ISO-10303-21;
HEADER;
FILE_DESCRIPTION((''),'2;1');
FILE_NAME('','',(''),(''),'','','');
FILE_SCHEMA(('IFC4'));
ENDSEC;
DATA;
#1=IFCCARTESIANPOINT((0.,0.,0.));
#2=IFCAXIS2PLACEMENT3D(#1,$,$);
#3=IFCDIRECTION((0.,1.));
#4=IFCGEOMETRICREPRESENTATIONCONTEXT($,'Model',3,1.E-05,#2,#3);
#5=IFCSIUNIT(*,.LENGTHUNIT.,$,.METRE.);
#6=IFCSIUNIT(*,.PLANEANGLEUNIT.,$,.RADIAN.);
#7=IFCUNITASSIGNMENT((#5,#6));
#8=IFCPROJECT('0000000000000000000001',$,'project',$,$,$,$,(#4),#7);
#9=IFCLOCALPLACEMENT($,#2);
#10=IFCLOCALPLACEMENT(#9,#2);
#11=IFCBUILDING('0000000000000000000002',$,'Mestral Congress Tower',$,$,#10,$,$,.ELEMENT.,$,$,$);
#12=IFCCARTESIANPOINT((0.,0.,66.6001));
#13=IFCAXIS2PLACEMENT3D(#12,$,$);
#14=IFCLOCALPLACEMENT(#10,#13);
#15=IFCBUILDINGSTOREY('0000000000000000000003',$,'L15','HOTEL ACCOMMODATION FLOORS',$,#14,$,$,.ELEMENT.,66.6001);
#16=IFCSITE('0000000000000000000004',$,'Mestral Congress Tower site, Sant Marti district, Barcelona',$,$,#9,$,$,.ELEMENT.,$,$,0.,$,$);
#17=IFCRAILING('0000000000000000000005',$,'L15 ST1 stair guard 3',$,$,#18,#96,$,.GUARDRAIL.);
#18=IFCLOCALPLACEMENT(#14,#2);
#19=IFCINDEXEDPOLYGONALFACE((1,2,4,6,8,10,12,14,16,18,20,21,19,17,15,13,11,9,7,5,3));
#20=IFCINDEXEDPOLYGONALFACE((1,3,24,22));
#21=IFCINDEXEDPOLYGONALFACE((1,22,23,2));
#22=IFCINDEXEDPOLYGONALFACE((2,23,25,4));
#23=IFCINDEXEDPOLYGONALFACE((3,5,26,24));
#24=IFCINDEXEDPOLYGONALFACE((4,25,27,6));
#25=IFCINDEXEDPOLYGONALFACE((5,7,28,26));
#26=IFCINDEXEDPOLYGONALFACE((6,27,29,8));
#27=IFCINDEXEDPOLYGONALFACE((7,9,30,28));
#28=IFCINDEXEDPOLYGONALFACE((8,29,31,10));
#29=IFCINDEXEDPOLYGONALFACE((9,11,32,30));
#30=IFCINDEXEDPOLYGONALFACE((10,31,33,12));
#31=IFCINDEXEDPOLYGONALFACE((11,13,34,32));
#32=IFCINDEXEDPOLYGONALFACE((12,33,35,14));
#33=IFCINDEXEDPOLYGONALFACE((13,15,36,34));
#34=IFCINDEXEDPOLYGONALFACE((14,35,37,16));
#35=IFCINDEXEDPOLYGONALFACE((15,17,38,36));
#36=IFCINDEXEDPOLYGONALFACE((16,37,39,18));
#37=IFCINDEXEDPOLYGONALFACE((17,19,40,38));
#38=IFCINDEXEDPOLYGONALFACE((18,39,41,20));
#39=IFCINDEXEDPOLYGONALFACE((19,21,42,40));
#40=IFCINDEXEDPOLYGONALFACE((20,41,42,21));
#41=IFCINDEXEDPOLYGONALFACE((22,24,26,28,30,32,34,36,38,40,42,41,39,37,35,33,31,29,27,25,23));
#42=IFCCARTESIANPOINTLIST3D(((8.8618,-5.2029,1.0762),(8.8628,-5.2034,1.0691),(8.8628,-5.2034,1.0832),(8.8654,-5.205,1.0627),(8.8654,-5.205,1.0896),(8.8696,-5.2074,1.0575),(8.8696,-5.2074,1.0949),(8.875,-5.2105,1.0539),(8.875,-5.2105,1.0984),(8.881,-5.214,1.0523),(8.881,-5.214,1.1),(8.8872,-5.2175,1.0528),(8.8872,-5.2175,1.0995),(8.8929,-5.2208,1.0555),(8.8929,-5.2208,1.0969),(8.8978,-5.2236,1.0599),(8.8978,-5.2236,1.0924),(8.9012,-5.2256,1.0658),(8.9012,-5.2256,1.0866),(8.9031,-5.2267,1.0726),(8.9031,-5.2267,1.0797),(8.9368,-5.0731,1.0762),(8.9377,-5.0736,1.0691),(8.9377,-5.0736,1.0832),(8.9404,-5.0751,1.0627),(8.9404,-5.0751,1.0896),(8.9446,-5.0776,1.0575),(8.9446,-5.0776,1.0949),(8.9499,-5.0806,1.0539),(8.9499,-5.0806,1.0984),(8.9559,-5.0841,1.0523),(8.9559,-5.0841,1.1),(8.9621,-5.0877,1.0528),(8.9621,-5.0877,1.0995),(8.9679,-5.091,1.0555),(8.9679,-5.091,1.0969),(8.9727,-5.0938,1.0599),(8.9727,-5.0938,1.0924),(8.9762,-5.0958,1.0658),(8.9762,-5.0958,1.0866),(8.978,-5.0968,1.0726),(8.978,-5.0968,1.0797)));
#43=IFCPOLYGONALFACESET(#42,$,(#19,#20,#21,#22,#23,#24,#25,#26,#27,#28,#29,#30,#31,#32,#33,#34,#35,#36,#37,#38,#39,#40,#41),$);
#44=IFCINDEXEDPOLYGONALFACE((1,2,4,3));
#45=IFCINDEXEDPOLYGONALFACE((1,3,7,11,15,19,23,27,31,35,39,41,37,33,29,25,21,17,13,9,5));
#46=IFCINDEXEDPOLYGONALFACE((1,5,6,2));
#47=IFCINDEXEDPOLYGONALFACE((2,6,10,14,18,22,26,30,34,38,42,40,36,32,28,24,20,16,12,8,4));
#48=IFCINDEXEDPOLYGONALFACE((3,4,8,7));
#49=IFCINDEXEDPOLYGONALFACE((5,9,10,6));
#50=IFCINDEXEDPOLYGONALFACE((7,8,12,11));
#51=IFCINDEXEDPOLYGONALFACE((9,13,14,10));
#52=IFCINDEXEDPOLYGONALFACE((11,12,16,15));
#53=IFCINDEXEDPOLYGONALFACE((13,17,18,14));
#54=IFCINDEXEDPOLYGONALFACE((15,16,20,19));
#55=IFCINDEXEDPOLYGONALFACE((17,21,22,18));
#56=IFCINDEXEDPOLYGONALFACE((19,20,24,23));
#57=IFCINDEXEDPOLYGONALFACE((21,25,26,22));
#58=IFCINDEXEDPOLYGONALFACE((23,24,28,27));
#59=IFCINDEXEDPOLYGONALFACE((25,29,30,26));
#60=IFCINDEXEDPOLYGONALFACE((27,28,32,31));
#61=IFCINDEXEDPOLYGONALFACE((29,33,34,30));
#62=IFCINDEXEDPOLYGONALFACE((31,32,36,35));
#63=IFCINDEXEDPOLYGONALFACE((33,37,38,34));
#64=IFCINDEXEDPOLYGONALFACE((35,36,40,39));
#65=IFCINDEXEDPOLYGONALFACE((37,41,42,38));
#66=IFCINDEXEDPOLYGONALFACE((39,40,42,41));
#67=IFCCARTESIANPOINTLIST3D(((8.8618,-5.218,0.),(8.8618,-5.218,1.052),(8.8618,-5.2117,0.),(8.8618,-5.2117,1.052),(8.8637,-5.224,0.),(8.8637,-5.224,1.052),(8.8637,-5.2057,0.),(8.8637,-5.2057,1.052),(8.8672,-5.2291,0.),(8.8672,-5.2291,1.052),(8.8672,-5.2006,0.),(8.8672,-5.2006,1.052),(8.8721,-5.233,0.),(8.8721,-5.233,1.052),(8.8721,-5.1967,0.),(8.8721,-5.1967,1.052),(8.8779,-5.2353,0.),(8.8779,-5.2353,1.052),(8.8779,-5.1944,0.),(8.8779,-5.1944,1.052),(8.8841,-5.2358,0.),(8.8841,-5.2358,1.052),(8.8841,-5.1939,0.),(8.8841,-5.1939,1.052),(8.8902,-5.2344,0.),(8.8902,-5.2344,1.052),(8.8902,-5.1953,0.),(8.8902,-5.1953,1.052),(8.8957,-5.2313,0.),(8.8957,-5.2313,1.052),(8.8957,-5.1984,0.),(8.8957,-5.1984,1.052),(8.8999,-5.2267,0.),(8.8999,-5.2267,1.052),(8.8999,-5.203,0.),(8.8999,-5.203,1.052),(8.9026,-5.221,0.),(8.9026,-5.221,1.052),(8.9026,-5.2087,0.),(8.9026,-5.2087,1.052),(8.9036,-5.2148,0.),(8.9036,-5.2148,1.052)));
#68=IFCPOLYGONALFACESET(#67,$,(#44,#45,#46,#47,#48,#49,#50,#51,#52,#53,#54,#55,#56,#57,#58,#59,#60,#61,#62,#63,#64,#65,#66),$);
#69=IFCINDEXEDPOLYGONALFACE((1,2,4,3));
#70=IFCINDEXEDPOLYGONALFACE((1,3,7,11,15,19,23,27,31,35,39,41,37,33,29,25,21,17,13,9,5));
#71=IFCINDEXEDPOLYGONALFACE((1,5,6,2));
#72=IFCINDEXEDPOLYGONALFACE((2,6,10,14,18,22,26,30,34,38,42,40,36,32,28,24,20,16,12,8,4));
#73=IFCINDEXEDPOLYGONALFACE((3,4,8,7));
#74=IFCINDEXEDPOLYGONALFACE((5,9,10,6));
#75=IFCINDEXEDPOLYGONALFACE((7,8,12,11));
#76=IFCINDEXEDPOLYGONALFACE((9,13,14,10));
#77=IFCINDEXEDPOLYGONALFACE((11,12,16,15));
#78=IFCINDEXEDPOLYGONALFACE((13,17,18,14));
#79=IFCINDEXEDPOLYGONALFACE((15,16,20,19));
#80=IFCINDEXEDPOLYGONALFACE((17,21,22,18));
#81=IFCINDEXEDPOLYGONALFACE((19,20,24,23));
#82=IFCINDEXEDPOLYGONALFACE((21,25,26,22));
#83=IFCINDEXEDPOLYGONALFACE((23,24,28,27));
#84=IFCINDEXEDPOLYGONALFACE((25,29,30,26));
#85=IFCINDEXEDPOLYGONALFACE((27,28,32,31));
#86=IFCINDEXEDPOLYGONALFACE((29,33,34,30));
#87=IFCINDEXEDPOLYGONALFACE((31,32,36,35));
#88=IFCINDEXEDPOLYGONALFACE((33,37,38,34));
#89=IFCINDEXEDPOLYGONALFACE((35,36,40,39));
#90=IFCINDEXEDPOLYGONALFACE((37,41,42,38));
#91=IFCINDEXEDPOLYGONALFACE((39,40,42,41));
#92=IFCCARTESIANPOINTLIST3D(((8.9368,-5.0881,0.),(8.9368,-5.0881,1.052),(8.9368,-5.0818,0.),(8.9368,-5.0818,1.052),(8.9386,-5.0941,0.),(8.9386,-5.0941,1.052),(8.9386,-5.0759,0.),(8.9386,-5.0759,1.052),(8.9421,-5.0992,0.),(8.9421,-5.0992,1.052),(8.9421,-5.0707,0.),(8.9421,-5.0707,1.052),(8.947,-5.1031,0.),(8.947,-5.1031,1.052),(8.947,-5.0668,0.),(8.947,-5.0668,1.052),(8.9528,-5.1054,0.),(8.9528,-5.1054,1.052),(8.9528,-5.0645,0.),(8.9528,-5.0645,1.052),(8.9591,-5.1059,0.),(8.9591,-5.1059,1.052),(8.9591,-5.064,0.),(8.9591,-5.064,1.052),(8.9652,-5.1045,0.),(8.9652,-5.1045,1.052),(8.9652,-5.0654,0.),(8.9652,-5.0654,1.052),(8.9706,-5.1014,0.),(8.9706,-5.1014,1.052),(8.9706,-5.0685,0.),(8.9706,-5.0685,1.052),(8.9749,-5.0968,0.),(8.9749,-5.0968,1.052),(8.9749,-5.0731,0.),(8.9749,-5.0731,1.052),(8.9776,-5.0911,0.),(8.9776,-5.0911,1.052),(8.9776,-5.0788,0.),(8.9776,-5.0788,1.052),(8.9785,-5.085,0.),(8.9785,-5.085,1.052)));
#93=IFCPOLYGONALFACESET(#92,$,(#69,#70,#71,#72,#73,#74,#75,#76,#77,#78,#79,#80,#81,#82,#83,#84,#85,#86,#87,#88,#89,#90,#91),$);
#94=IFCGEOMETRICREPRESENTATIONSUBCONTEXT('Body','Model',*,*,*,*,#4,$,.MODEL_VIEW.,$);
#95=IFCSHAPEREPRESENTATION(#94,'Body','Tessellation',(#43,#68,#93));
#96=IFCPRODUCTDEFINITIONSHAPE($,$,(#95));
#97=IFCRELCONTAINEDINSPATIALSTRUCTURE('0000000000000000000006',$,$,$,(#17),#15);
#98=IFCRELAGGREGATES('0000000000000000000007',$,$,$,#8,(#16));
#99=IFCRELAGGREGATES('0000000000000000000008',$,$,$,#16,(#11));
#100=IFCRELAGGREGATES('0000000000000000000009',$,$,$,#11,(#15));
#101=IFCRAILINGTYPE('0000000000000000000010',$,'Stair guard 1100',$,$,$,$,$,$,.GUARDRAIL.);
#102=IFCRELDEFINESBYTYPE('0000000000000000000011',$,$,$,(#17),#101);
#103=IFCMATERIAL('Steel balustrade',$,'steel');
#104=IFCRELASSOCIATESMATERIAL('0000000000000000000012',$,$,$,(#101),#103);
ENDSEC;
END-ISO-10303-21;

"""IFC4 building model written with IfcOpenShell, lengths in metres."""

from ifc_helpers import new_model, si_unit, direction, frame, origin, origin_2d, place, context, subcontext, project, spatial, circle, extrude, material, type_object, element, save


model = new_model("IFC4")

# Units and contexts
model_context = context("Model", 3, precision=1e-05, world=origin(), true_north=direction((0.0, 1.0)))
body_context = subcontext(model_context, "Body", "Model", "MODEL_VIEW")
ifc_project = project(units=[si_unit("LENGTHUNIT", "METRE"), si_unit("PLANEANGLEUNIT", "RADIAN")], contexts=[model_context])

# Site, building, storey
site_placement = place(None, origin())
site = spatial("IfcSite", under=ifc_project, at=site_placement, Name="Mestral Congress Tower site, Sant Marti district, Barcelona", CompositionType="ELEMENT", RefElevation=0.0)
building_placement = place(site_placement, origin())
building = spatial("IfcBuilding", under=site, at=building_placement, Name="Mestral Congress Tower", CompositionType="ELEMENT")
storey_placement = place(building_placement, frame((0.0, 0.0, 66.6001)))
storey = spatial("IfcBuildingStorey", under=building, at=storey_placement, Name="L15", Description="HOTEL ACCOMMODATION FLOORS", CompositionType="ELEMENT", Elevation=66.6001)

# Railing
ifc_material_1 = material(Name="Steel balustrade", Category="steel")
railing_type_1 = type_object("IfcRailingType", Name="Stair guard 1100", PredefinedType="GUARDRAIL", material=ifc_material_1)
railing_1_placement = place(storey_placement, frame((8.8826, -5.2148, 0.0)))
element("IfcRailing", 1, at=railing_1_placement, inside=storey, type_object=railing_type_1, Name="L15 ST1 stair guard 3", PredefinedType="GUARDRAIL", context=body_context, shape_type="SweptSolid", body=[
    extrude(circle(Radius=0.0239, at=origin_2d()), frame((0.0, 0.0, 1.0762), z_axis=(0.499816, 0.866131, 0.0), x_axis=(-0.866131, 0.499816, 0.0)), (0.0, 0.0, 1.0), 0.1499),
    extrude(circle(Radius=0.021, at=origin_2d()), origin(), (0.0, 0.0, 1.0), 1.052),
    extrude(circle(Radius=0.021, at=origin_2d()), frame((0.075, 0.1299, 0.0)), (0.0, 0.0, 1.0), 1.052),
])

save(model, "model.ifc")
